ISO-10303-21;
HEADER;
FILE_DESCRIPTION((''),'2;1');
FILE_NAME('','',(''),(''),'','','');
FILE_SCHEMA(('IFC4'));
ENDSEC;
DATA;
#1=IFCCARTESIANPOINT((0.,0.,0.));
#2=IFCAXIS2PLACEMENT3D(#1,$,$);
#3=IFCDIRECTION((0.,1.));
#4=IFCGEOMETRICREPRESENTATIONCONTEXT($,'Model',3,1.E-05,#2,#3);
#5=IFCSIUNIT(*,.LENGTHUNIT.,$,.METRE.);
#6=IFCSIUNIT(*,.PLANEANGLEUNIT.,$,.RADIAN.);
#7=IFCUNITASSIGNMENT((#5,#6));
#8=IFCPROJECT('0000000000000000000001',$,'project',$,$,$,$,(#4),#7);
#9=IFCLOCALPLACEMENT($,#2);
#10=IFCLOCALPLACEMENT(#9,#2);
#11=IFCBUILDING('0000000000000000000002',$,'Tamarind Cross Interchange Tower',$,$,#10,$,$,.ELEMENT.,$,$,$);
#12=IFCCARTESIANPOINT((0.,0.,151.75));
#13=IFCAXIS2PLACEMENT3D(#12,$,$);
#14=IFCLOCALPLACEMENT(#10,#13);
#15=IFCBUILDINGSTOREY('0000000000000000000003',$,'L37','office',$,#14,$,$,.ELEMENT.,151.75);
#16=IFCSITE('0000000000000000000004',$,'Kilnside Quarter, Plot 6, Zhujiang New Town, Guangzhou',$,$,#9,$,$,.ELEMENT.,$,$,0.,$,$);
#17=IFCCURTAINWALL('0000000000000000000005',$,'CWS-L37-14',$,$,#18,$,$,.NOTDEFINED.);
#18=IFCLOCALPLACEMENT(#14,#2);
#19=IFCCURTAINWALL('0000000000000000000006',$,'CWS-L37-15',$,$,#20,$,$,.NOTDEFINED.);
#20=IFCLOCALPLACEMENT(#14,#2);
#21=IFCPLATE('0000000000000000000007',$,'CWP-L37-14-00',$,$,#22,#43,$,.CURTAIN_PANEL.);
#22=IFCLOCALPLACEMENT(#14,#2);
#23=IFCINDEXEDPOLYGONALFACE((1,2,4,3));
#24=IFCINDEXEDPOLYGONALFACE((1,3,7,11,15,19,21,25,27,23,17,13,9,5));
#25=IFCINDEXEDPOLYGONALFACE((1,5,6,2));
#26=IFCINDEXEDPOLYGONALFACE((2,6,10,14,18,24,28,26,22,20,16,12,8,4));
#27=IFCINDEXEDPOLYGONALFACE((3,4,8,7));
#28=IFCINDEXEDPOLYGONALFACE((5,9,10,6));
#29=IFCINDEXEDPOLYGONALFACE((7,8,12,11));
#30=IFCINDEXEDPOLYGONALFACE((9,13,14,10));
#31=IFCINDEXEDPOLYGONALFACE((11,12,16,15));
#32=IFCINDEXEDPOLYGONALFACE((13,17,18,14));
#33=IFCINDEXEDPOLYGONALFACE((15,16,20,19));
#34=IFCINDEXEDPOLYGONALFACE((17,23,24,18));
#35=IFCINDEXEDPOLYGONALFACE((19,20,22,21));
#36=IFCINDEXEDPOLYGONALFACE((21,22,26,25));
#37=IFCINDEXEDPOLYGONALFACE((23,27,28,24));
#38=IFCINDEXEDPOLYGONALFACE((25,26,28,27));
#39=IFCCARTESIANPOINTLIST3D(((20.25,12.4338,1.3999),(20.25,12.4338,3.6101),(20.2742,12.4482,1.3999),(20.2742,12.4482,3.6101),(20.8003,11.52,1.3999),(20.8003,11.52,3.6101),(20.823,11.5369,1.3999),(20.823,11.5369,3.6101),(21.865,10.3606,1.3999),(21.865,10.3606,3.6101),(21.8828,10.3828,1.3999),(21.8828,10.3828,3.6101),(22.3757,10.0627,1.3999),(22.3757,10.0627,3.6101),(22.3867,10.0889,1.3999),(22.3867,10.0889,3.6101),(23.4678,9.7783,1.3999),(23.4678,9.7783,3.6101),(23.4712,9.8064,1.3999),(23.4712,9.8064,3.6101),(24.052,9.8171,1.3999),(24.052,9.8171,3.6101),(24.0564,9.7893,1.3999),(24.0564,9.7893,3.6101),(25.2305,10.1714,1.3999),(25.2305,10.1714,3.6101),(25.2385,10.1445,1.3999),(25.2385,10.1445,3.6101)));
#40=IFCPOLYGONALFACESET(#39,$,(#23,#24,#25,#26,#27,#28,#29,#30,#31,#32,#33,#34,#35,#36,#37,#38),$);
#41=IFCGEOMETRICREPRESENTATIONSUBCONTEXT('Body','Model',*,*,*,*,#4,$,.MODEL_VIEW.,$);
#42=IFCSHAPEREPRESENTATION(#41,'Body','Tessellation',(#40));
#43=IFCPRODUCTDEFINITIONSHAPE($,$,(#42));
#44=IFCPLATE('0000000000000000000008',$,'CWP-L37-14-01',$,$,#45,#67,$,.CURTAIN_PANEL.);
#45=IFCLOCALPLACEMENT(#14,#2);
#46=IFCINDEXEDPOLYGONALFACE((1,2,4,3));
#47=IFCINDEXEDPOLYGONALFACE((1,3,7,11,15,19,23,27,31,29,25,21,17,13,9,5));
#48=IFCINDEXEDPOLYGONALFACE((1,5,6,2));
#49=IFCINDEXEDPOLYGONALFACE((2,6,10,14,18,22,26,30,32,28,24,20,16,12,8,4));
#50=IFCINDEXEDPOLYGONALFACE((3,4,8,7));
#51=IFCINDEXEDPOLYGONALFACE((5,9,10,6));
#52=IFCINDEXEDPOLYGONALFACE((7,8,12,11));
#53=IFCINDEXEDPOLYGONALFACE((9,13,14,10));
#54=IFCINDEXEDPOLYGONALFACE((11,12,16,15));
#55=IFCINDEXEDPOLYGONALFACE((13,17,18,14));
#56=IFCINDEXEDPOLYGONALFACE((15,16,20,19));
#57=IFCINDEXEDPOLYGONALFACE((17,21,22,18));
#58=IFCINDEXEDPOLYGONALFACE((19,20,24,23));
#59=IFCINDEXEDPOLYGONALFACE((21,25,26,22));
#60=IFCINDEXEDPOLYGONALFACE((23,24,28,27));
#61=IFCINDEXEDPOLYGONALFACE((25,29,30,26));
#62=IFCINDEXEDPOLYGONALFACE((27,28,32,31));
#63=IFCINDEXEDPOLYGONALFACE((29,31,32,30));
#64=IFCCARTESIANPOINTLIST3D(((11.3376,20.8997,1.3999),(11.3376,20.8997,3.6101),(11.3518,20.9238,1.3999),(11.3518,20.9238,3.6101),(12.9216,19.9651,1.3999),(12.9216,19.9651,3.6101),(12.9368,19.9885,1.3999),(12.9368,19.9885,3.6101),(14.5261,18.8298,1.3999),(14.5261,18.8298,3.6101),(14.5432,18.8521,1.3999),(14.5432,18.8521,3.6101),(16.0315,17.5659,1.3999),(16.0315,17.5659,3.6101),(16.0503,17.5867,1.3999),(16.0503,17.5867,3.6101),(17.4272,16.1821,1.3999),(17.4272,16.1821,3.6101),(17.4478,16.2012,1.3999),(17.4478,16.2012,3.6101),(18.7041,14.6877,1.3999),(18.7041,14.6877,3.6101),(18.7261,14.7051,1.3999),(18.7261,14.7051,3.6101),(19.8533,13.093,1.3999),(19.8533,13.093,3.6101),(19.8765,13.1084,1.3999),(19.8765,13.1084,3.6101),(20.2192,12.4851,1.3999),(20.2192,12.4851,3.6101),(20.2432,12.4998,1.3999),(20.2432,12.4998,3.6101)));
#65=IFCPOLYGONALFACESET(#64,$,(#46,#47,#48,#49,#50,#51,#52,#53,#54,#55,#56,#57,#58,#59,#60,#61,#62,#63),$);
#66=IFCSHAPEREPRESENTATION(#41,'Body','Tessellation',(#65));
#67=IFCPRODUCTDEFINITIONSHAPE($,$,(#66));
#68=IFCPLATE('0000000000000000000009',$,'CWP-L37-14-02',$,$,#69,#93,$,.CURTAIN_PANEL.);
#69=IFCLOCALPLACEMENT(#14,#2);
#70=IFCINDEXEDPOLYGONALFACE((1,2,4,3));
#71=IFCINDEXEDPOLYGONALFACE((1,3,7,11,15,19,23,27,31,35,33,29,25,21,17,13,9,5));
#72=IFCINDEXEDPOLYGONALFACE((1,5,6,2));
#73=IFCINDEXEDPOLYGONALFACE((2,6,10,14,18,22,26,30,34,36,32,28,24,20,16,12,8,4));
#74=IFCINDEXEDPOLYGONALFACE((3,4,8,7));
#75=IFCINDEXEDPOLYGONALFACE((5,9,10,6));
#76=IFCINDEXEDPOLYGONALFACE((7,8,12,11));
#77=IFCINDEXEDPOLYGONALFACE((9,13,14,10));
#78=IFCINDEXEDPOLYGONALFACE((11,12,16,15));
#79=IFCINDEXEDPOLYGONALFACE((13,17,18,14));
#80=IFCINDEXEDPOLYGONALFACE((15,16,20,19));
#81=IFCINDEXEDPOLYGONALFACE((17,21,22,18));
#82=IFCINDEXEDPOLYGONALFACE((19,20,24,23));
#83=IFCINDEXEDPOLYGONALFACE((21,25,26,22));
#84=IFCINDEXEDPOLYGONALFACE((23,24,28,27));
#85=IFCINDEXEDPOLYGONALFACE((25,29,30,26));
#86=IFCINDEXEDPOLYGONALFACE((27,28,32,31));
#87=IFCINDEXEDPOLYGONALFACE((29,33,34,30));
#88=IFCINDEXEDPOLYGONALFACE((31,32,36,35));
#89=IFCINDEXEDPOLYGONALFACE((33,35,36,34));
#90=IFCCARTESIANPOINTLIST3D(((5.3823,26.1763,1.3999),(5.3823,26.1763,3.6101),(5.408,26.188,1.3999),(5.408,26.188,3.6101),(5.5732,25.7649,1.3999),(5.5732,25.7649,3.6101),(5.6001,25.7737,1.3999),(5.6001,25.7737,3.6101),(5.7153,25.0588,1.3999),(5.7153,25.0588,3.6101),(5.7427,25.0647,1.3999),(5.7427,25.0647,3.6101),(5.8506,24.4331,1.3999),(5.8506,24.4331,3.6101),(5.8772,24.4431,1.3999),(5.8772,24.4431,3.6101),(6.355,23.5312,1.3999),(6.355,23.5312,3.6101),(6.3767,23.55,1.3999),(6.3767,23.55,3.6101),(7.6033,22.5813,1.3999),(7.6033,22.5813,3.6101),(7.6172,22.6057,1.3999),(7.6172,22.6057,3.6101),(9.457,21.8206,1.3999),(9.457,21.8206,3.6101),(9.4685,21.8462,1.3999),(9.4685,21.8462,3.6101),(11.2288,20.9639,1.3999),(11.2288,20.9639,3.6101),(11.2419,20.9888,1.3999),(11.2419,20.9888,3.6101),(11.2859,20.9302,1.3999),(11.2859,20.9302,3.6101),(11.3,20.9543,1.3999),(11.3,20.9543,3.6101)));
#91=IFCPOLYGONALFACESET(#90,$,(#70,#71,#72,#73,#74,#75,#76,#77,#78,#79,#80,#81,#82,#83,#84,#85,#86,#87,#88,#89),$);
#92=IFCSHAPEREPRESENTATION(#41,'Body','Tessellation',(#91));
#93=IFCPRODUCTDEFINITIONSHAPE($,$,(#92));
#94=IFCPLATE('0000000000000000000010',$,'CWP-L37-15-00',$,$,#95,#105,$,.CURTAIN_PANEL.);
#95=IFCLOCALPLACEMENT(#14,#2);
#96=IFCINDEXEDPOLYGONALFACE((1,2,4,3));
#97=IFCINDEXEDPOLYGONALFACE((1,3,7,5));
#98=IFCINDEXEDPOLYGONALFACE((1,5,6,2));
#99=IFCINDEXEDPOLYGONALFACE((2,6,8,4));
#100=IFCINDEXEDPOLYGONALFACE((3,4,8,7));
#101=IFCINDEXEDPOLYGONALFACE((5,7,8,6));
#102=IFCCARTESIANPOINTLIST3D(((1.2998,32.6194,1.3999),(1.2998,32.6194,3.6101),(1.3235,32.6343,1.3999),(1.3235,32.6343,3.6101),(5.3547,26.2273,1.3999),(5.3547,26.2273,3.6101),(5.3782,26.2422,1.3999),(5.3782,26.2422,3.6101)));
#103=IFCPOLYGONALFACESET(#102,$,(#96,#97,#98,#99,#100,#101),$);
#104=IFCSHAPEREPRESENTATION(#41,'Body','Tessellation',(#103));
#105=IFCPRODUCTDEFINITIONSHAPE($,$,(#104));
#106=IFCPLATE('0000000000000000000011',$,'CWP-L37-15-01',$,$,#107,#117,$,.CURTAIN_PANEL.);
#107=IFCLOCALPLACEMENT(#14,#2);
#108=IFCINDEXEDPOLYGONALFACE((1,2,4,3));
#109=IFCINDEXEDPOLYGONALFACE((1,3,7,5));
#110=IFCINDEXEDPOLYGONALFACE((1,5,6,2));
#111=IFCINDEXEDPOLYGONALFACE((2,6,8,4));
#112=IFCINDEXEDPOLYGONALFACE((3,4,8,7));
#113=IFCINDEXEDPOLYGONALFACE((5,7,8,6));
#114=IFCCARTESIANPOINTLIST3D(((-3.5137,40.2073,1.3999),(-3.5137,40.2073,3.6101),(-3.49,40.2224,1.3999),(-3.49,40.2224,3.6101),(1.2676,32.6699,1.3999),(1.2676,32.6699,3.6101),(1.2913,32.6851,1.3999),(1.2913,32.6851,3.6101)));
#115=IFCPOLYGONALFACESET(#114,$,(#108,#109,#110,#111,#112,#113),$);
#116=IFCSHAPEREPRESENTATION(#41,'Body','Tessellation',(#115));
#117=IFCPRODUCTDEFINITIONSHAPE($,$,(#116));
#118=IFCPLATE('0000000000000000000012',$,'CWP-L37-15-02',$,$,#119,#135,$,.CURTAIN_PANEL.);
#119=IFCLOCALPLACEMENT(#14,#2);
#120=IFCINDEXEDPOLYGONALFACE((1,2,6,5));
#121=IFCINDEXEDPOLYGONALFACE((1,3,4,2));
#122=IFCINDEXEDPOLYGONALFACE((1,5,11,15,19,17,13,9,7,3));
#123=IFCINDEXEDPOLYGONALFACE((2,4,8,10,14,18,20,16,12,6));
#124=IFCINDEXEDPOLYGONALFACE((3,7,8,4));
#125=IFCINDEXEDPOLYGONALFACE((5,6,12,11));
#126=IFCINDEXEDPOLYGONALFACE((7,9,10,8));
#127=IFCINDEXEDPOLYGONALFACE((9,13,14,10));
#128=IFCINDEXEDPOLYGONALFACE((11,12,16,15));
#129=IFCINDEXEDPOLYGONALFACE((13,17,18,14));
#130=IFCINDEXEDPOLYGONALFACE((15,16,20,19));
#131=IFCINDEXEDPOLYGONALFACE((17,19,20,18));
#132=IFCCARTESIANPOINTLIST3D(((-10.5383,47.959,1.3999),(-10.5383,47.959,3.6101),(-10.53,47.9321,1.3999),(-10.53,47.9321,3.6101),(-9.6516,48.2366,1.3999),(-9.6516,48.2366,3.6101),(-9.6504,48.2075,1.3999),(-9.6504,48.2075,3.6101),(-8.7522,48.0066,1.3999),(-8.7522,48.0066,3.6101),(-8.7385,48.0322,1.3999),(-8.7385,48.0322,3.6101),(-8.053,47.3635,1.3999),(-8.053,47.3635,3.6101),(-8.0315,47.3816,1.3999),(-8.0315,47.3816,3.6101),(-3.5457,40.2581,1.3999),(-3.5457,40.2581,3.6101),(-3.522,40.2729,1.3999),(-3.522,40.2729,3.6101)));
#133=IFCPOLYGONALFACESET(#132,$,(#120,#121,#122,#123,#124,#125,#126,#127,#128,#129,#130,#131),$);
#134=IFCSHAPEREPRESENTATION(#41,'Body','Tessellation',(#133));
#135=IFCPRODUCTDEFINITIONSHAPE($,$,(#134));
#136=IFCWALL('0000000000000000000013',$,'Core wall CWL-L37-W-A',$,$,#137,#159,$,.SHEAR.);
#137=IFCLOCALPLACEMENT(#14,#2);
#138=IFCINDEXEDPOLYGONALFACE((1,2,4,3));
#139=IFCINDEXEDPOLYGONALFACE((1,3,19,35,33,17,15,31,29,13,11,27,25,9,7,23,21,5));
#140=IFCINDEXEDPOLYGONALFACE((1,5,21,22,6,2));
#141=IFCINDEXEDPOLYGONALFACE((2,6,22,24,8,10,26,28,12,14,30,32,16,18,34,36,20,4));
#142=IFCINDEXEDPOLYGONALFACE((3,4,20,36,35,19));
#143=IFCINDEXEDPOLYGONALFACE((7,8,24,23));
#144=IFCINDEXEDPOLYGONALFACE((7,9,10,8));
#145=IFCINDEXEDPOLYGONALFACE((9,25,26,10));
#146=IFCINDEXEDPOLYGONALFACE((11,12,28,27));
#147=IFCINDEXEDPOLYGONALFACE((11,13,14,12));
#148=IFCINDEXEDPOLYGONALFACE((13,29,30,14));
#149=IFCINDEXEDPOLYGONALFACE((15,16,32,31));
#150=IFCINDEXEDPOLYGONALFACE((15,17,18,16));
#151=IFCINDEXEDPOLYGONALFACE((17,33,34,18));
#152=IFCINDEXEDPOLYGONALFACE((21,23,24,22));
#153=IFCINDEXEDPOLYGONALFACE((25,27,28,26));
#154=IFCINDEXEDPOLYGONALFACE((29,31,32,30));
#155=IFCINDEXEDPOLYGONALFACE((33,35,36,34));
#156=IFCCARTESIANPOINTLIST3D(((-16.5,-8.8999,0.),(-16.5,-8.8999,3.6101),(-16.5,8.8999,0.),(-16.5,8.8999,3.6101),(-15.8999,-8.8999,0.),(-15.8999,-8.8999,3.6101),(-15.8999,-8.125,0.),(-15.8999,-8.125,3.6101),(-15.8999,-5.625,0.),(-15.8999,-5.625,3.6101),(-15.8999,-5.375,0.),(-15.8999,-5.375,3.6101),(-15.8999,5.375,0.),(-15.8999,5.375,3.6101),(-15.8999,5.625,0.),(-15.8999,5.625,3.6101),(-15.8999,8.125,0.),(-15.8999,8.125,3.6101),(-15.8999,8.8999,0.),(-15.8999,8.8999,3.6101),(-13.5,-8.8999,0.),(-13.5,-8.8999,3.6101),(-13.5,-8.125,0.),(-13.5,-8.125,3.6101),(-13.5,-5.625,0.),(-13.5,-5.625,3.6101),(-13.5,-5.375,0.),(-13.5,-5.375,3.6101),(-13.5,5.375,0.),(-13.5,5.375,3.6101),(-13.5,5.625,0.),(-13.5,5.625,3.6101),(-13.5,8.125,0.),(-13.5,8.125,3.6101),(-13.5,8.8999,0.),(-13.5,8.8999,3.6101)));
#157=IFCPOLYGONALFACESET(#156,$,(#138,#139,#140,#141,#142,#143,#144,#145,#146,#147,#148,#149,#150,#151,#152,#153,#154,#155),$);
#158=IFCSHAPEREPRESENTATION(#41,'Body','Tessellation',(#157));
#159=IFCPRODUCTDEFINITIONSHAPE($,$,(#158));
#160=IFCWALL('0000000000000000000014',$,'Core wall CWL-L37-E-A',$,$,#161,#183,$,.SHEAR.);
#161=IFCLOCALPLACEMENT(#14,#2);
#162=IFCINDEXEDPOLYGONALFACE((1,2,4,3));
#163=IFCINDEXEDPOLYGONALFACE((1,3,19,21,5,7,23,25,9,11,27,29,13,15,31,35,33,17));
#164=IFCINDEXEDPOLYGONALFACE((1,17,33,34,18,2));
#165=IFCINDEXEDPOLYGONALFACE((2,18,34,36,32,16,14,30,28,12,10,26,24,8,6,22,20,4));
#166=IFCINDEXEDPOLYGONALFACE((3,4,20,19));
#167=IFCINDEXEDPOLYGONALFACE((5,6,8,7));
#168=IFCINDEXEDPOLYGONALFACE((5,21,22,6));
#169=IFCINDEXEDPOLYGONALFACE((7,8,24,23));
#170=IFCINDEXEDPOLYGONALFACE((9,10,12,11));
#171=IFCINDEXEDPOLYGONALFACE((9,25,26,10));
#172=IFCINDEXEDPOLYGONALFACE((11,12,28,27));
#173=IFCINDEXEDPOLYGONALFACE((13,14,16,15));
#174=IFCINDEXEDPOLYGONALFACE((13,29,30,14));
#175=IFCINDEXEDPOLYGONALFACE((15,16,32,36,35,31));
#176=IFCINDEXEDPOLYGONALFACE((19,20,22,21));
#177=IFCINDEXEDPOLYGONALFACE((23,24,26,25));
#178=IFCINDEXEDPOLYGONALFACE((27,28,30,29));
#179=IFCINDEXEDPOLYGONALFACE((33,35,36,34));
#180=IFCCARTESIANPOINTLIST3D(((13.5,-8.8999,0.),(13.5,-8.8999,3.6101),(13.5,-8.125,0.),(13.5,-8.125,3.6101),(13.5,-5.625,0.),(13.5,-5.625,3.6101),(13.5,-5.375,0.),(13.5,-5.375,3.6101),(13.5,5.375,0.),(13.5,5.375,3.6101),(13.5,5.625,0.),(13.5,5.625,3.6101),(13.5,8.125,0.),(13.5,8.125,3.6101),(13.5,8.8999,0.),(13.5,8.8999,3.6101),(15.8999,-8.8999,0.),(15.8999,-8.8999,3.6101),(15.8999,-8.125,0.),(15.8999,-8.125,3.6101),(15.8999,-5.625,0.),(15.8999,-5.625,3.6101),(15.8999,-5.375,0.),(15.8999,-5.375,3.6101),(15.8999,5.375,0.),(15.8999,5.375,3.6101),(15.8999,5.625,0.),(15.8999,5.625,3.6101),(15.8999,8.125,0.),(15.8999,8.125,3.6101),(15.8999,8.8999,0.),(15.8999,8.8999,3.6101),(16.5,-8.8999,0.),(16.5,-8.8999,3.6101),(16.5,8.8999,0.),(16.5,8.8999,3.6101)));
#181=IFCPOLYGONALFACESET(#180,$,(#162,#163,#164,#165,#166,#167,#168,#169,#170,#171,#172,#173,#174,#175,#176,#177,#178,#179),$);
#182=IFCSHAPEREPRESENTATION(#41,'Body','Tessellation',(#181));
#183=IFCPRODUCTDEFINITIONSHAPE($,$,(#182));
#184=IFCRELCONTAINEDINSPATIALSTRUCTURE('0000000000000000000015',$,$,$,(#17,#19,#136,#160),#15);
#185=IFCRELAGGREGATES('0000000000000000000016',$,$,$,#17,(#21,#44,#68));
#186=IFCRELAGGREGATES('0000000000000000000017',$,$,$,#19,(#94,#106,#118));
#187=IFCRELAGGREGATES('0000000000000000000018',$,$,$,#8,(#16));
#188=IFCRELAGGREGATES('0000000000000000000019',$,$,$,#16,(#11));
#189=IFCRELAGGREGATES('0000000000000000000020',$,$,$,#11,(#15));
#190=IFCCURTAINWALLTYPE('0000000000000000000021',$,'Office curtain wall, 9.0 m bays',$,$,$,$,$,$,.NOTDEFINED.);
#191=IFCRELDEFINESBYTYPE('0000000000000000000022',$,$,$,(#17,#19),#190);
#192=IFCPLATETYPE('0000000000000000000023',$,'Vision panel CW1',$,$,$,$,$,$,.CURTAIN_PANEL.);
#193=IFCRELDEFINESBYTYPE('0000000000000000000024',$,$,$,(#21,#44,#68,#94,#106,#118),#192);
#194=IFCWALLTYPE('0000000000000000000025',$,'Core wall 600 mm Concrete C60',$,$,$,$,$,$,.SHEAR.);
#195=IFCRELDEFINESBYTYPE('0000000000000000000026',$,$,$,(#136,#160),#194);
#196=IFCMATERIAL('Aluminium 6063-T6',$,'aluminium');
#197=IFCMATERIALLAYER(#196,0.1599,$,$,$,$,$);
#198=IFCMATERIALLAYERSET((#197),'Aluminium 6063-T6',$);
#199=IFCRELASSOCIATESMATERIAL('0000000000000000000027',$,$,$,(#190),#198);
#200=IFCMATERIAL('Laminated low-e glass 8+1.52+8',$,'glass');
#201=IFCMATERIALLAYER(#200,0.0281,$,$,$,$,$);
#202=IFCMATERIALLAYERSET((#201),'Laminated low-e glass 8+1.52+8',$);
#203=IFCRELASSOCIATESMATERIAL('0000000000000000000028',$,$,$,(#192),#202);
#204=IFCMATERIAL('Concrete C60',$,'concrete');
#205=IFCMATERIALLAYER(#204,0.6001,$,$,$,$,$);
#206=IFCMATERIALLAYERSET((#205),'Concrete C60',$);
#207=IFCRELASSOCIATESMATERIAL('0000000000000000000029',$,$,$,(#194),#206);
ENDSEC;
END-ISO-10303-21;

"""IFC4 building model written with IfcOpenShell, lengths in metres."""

from ifc_helpers import new_model, si_unit, direction, frame, origin, place, context, subcontext, project, spatial, polyline, outline, extrude, material, layer, layer_set, type_object, element, aggregate, save


model = new_model("IFC4")

# Units and contexts
model_context = context("Model", 3, precision=1e-05, world=origin(), true_north=direction((0.0, 1.0)))
body_context = subcontext(model_context, "Body", "Model", "MODEL_VIEW")
ifc_project = project(units=[si_unit("LENGTHUNIT", "METRE"), si_unit("PLANEANGLEUNIT", "RADIAN")], contexts=[model_context])

# Site, building, storey
site_placement = place(None, origin())
site = spatial("IfcSite", under=ifc_project, at=site_placement, Name="Kilnside Quarter, Plot 6, Zhujiang New Town, Guangzhou", CompositionType="ELEMENT", RefElevation=0.0)
building_placement = place(site_placement, origin())
building = spatial("IfcBuilding", under=site, at=building_placement, Name="Tamarind Cross Interchange Tower", CompositionType="ELEMENT")
storey_placement = place(building_placement, frame((0.0, 0.0, 151.75)))
storey = spatial("IfcBuildingStorey", under=building, at=storey_placement, Name="L37", Description="office", CompositionType="ELEMENT", Elevation=151.75)

# Curtain walls
ifc_material_1 = material(Name="Aluminium 6063-T6", Category="aluminium")
ifc_layer_1 = layer(ifc_material_1, 0.1599)
ifc_layer_set_1 = layer_set([ifc_layer_1], Name="Aluminium 6063-T6")
curtain_wall_type = type_object("IfcCurtainWallType", Name="Office curtain wall, 9.0 m bays", PredefinedType="NOTDEFINED", material=ifc_layer_set_1)
curtain_wall_1_placement = place(storey_placement, origin())
curtain_wall_1 = element("IfcCurtainWall", 1, at=curtain_wall_1_placement, inside=storey, type_object=curtain_wall_type, Name="CWS-L37-14", PredefinedType="NOTDEFINED")
curtain_wall_2_placement = place(storey_placement, origin())
curtain_wall_2 = element("IfcCurtainWall", 2, at=curtain_wall_2_placement, inside=storey, type_object=curtain_wall_type, Name="CWS-L37-15", PredefinedType="NOTDEFINED")

# Plates
ifc_material_2 = material(Name="Laminated low-e glass 8+1.52+8", Category="glass")
ifc_layer_2 = layer(ifc_material_2, 0.0281)
ifc_layer_set_2 = layer_set([ifc_layer_2], Name="Laminated low-e glass 8+1.52+8")
plate_type = type_object("IfcPlateType", Name="Vision panel CW1", PredefinedType="CURTAIN_PANEL", material=ifc_layer_set_2)
plate_1_placement = place(storey_placement, frame((0.0, 0.0, 1.3999)))
plate_1 = element("IfcPlate", 3, at=plate_1_placement, type_object=plate_type, Name="CWP-L37-14-00", PredefinedType="CURTAIN_PANEL", context=body_context, shape_type="SweptSolid", body=[
    extrude(outline(polyline([(25.2385, 10.1445), (24.0564, 9.7893), (23.4678, 9.7783), (22.3757, 10.0627), (21.865, 10.3606), (20.8003, 11.52), (20.25, 12.4338), (20.2742, 12.4482), (20.823, 11.5369), (21.8828, 10.3828), (22.3867, 10.0889), (23.4712, 9.8064), (24.052, 9.8171), (25.2305, 10.1714), (25.2385, 10.1445)])), origin(), (0.0, 0.0, 1.0), 2.2102),
])
plate_2_placement = place(storey_placement, frame((0.0, 0.0, 1.3999)))
plate_2 = element("IfcPlate", 4, at=plate_2_placement, type_object=plate_type, Name="CWP-L37-14-01", PredefinedType="CURTAIN_PANEL", context=body_context, shape_type="SweptSolid", body=[
    extrude(outline(polyline([(20.2192, 12.4851), (19.8533, 13.093), (18.7041, 14.6877), (17.4272, 16.1821), (16.0315, 17.5659), (14.5261, 18.8298), (12.9216, 19.9651), (11.3376, 20.8997), (11.3518, 20.9238), (12.9368, 19.9885), (14.5432, 18.8521), (16.0503, 17.5867), (17.4478, 16.2012), (18.7261, 14.7051), (19.8765, 13.1084), (20.2432, 12.4998), (20.2192, 12.4851)])), origin(), (0.0, 0.0, 1.0), 2.2102),
])
plate_3_placement = place(storey_placement, frame((0.0, 0.0, 1.3999)))
plate_3 = element("IfcPlate", 5, at=plate_3_placement, type_object=plate_type, Name="CWP-L37-14-02", PredefinedType="CURTAIN_PANEL", context=body_context, shape_type="SweptSolid", body=[
    extrude(outline(polyline([(11.2859, 20.9302), (11.2288, 20.9639), (9.457, 21.8206), (7.6033, 22.5813), (6.355, 23.5312), (5.8506, 24.4331), (5.7153, 25.0588), (5.5732, 25.7649), (5.3823, 26.1763), (5.408, 26.188), (5.6001, 25.7737), (5.7427, 25.0647), (5.8772, 24.4431), (6.3767, 23.55), (7.6172, 22.6057), (9.4685, 21.8462), (11.2419, 20.9888), (11.3, 20.9543), (11.2859, 20.9302)])), origin(), (0.0, 0.0, 1.0), 2.2102),
])
aggregate(curtain_wall_1, [plate_1, plate_2, plate_3])
plate_4_placement = place(storey_placement, frame((0.0, 0.0, 1.3999)))
plate_4 = element("IfcPlate", 6, at=plate_4_placement, type_object=plate_type, Name="CWP-L37-15-00", PredefinedType="CURTAIN_PANEL", context=body_context, shape_type="SweptSolid", body=[
    extrude(outline(polyline([(5.3547, 26.2273), (1.2998, 32.6194), (1.3235, 32.6343), (5.3782, 26.2422), (5.3547, 26.2273)])), origin(), (0.0, 0.0, 1.0), 2.2102),
])
plate_5_placement = place(storey_placement, frame((0.0, 0.0, 1.3999)))
plate_5 = element("IfcPlate", 7, at=plate_5_placement, type_object=plate_type, Name="CWP-L37-15-01", PredefinedType="CURTAIN_PANEL", context=body_context, shape_type="SweptSolid", body=[
    extrude(outline(polyline([(1.2676, 32.6699), (-3.5137, 40.2073), (-3.49, 40.2224), (1.2913, 32.6851), (1.2676, 32.6699)])), origin(), (0.0, 0.0, 1.0), 2.2102),
])
plate_6_placement = place(storey_placement, frame((0.0, 0.0, 1.3999)))
plate_6 = element("IfcPlate", 8, at=plate_6_placement, type_object=plate_type, Name="CWP-L37-15-02", PredefinedType="CURTAIN_PANEL", context=body_context, shape_type="SweptSolid", body=[
    extrude(outline(polyline([(-3.5457, 40.2581), (-8.053, 47.3635), (-8.7522, 48.0066), (-9.6504, 48.2075), (-10.53, 47.9321), (-10.5383, 47.959), (-9.6516, 48.2366), (-8.7385, 48.0322), (-8.0315, 47.3816), (-3.522, 40.2729), (-3.5457, 40.2581)])), origin(), (0.0, 0.0, 1.0), 2.2102),
])
aggregate(curtain_wall_2, [plate_4, plate_5, plate_6])

# Walls
ifc_material_3 = material(Name="Concrete C60", Category="concrete")
ifc_layer_3 = layer(ifc_material_3, 0.6001)
ifc_layer_set_3 = layer_set([ifc_layer_3], Name="Concrete C60")
wall_type_1 = type_object("IfcWallType", Name="Core wall 600 mm Concrete C60", PredefinedType="SHEAR", material=ifc_layer_set_3)
wall_1_placement = place(storey_placement, origin())
element("IfcWall", 9, at=wall_1_placement, inside=storey, type_object=wall_type_1, Name="Core wall CWL-L37-W-A", PredefinedType="SHEAR", context=body_context, shape_type="SweptSolid", body=[
    extrude(outline(polyline([(-13.5, -8.125), (-15.8999, -8.125), (-15.8999, -5.625), (-13.5, -5.625), (-13.5, -5.375), (-15.8999, -5.375), (-15.8999, 5.375), (-13.5, 5.375), (-13.5, 5.625), (-15.8999, 5.625), (-15.8999, 8.125), (-13.5, 8.125), (-13.5, 8.8999), (-15.8999, 8.8999), (-16.5, 8.8999), (-16.5, -8.8999), (-15.8999, -8.8999), (-13.5, -8.8999), (-13.5, -8.125)])), origin(), (0.0, 0.0, 1.0), 3.6101),
])
wall_2_placement = place(storey_placement, origin())
element("IfcWall", 10, at=wall_2_placement, inside=storey, type_object=wall_type_1, Name="Core wall CWL-L37-E-A", PredefinedType="SHEAR", context=body_context, shape_type="SweptSolid", body=[
    extrude(outline(polyline([(13.5, -8.125), (13.5, -8.8999), (15.8999, -8.8999), (16.5, -8.8999), (16.5, 8.8999), (15.8999, 8.8999), (13.5, 8.8999), (13.5, 8.125), (15.8999, 8.125), (15.8999, 5.625), (13.5, 5.625), (13.5, 5.375), (15.8999, 5.375), (15.8999, -5.375), (13.5, -5.375), (13.5, -5.625), (15.8999, -5.625), (15.8999, -8.125), (13.5, -8.125)])), origin(), (0.0, 0.0, 1.0), 3.6101),
])

save(model, "model.ifc")
